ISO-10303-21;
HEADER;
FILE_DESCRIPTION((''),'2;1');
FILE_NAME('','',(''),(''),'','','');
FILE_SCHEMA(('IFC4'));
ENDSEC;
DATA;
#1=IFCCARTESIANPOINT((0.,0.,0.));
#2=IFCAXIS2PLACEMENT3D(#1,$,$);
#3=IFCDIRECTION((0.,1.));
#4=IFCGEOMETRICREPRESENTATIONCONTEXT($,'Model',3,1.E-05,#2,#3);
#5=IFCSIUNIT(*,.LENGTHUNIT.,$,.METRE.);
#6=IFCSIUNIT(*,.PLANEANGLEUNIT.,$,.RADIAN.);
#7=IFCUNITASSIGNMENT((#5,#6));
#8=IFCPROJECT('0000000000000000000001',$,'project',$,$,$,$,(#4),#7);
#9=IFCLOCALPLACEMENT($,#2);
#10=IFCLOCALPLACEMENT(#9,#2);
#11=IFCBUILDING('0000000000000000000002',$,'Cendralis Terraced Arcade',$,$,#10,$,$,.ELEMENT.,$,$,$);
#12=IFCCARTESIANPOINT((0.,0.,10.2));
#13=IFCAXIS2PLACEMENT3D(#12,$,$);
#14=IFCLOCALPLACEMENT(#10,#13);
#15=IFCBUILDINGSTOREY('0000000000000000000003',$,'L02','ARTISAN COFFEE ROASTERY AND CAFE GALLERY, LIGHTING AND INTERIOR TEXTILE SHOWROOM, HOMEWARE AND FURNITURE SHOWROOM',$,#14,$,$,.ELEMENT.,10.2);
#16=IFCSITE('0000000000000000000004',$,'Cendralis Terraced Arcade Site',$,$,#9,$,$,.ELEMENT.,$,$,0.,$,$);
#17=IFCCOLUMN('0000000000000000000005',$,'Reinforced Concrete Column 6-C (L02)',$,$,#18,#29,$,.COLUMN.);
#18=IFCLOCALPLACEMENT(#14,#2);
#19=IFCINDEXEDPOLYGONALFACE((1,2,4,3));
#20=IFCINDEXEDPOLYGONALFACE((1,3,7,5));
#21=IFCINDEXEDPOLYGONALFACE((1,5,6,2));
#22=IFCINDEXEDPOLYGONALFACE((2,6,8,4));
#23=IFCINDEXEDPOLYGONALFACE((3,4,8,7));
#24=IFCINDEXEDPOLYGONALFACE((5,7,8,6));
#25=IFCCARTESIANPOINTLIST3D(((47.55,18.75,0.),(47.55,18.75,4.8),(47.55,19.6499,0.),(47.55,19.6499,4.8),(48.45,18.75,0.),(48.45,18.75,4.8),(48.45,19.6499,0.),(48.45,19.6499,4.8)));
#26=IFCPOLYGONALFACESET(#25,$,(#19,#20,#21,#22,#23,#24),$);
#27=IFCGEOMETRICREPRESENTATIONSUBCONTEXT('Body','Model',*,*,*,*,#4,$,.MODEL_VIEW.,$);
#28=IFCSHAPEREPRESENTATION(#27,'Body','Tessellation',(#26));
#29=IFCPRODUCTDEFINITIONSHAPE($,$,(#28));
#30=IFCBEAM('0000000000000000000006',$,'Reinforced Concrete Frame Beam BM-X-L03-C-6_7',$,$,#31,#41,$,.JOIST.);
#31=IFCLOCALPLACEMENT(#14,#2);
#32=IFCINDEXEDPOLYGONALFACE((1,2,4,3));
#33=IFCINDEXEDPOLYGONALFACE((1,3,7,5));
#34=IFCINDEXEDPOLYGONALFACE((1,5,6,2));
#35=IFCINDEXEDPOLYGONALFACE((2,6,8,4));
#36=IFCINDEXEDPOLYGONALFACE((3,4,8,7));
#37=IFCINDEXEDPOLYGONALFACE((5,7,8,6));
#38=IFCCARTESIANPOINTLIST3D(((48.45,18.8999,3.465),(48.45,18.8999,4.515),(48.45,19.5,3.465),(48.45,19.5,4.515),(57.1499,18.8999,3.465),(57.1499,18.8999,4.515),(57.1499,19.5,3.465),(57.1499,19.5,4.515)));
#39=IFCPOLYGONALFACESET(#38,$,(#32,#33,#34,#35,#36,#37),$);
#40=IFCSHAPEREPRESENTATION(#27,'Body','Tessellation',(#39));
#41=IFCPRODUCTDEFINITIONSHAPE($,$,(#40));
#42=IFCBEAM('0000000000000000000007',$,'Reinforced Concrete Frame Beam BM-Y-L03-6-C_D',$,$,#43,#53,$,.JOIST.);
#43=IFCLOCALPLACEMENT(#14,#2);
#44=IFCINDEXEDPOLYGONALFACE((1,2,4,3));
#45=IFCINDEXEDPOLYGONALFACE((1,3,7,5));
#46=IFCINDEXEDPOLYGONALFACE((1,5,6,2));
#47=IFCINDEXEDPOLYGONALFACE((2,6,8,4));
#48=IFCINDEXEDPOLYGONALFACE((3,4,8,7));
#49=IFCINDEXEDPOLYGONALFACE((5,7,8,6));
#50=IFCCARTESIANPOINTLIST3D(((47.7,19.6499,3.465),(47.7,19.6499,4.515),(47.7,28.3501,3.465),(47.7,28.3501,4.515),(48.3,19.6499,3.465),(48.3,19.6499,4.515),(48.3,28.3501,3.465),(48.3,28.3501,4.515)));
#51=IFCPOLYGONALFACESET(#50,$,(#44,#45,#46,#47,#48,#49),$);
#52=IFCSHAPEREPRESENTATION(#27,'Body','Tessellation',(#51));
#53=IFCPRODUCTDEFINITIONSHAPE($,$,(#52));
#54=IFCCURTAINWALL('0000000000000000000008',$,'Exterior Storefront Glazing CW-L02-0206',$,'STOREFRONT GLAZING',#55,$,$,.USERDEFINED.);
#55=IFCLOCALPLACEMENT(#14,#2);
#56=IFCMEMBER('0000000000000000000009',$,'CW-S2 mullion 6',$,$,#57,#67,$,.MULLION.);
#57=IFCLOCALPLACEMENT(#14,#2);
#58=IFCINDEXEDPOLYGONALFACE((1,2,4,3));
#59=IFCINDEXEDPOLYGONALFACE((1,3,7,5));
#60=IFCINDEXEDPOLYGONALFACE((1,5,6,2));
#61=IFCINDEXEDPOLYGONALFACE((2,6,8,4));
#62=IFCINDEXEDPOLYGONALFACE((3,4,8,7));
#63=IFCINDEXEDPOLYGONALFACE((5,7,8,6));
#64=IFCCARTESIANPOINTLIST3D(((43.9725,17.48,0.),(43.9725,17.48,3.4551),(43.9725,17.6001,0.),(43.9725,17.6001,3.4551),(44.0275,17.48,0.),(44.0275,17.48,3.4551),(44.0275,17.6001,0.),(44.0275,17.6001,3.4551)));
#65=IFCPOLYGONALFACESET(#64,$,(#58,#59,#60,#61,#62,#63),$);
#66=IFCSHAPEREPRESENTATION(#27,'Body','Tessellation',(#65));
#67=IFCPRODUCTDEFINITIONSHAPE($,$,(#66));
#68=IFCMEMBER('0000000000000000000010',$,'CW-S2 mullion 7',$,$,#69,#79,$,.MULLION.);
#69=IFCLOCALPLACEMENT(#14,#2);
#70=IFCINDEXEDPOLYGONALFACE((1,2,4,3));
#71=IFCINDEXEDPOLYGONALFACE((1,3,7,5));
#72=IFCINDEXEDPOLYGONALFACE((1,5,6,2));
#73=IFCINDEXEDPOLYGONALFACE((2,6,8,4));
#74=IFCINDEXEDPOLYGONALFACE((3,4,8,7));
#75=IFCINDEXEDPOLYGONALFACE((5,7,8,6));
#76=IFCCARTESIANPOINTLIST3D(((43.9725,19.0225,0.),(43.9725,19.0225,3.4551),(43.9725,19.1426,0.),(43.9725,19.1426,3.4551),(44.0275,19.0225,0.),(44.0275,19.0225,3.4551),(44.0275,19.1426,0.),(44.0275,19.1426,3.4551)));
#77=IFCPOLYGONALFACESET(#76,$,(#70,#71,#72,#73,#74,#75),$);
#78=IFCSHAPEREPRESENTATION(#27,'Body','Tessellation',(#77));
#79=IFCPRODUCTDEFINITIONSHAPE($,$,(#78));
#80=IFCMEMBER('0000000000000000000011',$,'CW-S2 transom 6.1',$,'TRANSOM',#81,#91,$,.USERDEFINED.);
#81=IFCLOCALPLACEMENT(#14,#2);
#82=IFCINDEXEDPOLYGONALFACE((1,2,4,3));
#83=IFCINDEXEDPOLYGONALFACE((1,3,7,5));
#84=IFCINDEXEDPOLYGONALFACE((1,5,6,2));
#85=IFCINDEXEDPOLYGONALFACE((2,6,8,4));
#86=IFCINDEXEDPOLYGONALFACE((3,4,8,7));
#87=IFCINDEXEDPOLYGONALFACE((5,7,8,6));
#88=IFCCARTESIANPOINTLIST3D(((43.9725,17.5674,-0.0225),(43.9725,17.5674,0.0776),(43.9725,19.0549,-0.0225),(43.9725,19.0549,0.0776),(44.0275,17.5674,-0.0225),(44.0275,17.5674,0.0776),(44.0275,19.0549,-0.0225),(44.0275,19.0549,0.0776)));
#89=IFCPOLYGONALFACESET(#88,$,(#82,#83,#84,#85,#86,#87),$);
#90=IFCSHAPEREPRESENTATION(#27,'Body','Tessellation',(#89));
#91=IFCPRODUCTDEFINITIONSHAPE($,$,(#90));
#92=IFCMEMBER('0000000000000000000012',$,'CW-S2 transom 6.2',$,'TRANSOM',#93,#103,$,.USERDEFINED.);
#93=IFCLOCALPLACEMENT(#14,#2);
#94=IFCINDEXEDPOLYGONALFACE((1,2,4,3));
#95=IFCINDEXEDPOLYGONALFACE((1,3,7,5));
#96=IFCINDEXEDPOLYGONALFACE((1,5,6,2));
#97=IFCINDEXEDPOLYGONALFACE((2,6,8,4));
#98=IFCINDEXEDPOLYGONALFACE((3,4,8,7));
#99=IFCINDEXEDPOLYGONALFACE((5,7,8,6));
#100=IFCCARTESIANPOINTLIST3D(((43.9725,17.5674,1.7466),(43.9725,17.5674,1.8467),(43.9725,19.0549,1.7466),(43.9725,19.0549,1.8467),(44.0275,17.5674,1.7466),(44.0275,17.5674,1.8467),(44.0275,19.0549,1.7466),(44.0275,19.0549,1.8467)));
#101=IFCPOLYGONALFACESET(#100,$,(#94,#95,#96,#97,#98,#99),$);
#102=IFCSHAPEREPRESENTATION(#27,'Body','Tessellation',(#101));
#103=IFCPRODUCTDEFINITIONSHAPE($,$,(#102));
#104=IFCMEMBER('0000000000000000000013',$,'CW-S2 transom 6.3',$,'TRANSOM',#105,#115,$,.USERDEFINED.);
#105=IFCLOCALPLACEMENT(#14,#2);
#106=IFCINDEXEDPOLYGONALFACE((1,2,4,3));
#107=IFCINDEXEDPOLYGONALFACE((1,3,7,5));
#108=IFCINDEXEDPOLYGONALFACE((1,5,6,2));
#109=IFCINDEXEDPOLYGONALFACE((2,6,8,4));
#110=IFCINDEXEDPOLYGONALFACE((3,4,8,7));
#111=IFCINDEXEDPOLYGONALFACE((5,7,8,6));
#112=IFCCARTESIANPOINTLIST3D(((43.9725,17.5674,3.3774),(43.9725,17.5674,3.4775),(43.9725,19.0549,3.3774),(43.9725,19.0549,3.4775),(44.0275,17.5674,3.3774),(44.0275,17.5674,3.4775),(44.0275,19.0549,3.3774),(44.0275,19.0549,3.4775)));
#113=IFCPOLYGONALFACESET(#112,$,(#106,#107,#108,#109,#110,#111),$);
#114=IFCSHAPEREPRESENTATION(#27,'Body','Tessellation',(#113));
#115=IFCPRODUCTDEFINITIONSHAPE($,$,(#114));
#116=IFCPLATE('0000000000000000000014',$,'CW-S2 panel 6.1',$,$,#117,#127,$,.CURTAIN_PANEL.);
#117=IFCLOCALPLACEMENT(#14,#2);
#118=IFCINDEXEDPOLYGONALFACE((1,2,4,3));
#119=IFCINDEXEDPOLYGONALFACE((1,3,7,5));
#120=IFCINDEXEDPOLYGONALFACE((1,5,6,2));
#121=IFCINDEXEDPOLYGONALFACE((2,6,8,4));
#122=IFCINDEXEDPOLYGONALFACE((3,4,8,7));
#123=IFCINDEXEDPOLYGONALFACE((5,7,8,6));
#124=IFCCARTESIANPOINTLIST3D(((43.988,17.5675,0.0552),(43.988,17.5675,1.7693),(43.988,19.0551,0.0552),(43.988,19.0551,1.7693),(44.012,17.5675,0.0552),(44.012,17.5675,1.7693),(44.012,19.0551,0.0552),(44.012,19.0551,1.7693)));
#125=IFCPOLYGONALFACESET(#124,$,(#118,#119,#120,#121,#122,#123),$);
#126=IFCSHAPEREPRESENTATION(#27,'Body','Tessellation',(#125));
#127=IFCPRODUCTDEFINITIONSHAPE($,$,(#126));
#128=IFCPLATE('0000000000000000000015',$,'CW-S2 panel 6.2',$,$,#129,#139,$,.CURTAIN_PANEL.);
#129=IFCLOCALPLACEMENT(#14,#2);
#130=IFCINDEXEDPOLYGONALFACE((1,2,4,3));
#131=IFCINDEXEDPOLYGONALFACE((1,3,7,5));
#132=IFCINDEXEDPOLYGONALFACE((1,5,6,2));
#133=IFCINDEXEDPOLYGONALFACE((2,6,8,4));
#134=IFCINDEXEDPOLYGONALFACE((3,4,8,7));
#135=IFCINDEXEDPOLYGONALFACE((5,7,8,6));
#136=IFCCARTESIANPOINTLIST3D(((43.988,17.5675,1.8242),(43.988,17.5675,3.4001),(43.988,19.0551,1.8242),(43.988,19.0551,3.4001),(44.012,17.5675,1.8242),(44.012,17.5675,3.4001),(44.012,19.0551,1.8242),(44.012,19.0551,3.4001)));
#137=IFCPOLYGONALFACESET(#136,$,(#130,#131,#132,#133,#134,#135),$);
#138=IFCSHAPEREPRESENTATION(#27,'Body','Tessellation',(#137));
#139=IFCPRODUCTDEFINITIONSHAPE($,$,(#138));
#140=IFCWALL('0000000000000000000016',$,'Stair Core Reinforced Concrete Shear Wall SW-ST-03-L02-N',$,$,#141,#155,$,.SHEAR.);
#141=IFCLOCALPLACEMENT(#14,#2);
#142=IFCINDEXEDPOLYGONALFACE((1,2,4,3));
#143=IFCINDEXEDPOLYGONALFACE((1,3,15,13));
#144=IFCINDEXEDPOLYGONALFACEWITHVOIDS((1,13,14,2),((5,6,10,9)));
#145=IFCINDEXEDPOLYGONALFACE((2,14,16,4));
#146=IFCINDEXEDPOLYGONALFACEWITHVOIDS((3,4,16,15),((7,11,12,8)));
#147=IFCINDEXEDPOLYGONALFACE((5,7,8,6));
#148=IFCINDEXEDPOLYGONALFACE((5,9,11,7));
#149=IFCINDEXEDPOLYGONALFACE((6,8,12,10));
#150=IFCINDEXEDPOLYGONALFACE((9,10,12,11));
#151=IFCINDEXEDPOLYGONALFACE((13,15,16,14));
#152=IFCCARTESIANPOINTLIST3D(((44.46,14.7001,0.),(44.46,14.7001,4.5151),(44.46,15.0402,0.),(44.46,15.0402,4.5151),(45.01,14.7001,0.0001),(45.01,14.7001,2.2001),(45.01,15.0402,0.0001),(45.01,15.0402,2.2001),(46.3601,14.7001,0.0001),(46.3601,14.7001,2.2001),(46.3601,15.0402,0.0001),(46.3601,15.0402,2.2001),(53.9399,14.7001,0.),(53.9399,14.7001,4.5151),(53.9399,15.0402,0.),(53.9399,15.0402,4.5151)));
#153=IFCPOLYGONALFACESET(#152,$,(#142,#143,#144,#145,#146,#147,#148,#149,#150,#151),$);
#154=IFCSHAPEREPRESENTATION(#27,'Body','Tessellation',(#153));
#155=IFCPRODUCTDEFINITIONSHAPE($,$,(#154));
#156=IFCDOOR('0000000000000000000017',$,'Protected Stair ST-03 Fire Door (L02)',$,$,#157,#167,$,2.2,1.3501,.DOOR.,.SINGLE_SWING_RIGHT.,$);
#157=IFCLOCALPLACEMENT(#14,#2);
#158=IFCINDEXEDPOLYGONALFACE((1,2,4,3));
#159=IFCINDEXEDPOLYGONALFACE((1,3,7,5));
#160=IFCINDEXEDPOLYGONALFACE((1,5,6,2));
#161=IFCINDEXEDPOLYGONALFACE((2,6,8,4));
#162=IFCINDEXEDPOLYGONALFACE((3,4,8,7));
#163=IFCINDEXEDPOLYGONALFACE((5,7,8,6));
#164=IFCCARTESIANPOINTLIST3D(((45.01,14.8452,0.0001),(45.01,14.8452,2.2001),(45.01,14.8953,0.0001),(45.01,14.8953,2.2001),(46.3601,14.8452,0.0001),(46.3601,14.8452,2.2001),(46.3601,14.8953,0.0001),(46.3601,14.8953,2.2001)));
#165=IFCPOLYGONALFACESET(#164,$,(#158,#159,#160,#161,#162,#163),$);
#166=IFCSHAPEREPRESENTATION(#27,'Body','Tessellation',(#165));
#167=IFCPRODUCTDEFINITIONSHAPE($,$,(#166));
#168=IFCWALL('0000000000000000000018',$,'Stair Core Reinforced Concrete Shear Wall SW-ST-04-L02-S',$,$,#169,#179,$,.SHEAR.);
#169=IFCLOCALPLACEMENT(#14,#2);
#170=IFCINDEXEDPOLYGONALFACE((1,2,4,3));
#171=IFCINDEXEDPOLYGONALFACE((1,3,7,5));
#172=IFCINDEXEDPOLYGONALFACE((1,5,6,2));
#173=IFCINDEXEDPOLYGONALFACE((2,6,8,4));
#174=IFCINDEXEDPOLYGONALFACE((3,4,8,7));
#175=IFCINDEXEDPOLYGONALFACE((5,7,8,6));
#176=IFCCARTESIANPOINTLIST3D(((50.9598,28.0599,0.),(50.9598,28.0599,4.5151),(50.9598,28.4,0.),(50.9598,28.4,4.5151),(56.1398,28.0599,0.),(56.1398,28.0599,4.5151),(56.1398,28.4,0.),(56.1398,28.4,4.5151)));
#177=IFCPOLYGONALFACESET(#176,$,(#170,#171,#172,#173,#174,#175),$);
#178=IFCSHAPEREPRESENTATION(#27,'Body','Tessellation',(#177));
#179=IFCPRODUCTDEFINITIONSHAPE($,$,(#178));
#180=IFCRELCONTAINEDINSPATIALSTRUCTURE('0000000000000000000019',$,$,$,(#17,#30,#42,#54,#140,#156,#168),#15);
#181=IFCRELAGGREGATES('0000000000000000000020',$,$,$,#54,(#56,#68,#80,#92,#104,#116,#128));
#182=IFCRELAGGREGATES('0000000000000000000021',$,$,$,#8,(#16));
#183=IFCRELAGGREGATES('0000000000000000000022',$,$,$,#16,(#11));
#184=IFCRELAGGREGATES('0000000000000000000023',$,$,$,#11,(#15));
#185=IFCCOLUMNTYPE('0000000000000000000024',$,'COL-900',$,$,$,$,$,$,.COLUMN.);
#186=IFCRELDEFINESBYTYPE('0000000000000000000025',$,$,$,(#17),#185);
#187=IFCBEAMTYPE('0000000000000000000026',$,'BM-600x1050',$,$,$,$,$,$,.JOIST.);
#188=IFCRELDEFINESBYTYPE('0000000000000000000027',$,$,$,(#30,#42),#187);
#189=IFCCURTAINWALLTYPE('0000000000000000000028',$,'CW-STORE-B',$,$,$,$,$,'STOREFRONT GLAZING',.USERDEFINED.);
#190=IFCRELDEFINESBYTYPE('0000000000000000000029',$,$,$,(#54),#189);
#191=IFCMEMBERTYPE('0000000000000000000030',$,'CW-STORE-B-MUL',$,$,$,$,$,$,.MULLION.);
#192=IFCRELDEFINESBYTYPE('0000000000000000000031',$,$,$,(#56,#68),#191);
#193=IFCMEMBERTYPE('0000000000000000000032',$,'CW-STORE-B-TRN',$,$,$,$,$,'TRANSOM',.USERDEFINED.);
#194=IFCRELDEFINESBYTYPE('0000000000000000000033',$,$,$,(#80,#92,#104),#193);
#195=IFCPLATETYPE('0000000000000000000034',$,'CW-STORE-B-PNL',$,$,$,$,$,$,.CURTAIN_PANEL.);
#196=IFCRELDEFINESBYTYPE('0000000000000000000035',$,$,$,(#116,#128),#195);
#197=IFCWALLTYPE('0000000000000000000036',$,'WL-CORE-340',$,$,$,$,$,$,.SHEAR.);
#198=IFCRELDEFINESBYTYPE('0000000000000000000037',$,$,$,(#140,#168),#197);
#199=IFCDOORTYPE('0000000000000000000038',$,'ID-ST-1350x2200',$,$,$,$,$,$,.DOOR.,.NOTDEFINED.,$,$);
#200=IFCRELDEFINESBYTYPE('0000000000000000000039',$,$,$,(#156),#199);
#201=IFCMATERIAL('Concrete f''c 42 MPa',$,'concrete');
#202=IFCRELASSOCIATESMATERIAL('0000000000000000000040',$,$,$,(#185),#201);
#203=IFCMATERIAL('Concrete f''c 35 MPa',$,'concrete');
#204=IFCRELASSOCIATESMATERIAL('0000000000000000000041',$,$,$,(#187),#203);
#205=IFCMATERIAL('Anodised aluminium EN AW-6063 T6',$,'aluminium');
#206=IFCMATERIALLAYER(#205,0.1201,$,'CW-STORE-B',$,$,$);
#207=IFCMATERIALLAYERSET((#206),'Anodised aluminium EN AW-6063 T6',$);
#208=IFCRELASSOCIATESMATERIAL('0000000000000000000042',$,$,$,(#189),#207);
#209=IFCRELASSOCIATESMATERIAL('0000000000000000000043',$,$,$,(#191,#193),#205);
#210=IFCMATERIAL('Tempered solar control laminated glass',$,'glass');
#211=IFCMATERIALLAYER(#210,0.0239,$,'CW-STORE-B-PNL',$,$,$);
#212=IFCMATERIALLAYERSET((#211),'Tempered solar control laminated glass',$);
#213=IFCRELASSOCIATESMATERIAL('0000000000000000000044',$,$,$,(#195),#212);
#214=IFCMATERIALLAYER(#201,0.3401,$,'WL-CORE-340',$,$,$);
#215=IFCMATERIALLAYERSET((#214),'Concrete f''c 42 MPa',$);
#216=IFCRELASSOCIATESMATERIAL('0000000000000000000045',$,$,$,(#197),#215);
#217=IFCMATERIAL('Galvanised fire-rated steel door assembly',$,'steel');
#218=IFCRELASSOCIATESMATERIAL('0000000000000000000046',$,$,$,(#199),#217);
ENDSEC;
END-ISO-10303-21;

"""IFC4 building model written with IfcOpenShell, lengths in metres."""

from ifc_helpers import new_model, si_unit, direction, frame, frame_2d, origin, origin_2d, place, context, subcontext, project, spatial, rectangle, extrude, material, layer, layer_set, material_profile, profile_set, type_object, element, fill, aggregate, save


model = new_model("IFC4")

# Units and contexts
model_context = context("Model", 3, precision=1e-05, world=origin(), true_north=direction((0.0, 1.0)))
body_context = subcontext(model_context, "Body", "Model", "MODEL_VIEW")
ifc_project = project(units=[si_unit("LENGTHUNIT", "METRE"), si_unit("PLANEANGLEUNIT", "RADIAN")], contexts=[model_context])

# Site, building, storey
site_placement = place(None, origin())
site = spatial("IfcSite", under=ifc_project, at=site_placement, Name="Cendralis Terraced Arcade Site", CompositionType="ELEMENT", RefElevation=0.0)
building_placement = place(site_placement, origin())
building = spatial("IfcBuilding", under=site, at=building_placement, Name="Cendralis Terraced Arcade", CompositionType="ELEMENT")
storey_placement = place(building_placement, frame((0.0, 0.0, 10.2)))
storey = spatial("IfcBuildingStorey", under=building, at=storey_placement, Name="L02", Description="ARTISAN COFFEE ROASTERY AND CAFE GALLERY, LIGHTING AND INTERIOR TEXTILE SHOWROOM, HOMEWARE AND FURNITURE SHOWROOM", CompositionType="ELEMENT", Elevation=10.2)

# Column
ifc_material_1 = material(Name="Concrete f'c 42 MPa", Category="concrete")
ifc_material_profile_1 = material_profile(ifc_material_1, rectangle(XDim=0.8999, YDim=0.8999, at=origin_2d()), Name="RC-COL-900x900", Category="LoadBearing")
ifc_profile_set_1 = profile_set([ifc_material_profile_1], Name="Concrete f'c 42 MPa")
column_type = type_object("IfcColumnType", Name="COL-900", PredefinedType="COLUMN", material=ifc_profile_set_1)
column_placement = place(storey_placement, frame((48.0, 19.2, 0.0), z_axis=(0.0, 0.0, 1.0), x_axis=(1.0, 0.0, 0.0)))
element("IfcColumn", 1, at=column_placement, inside=storey, type_object=column_type, Name="Reinforced Concrete Column 6-C (L02)", PredefinedType="COLUMN", context=body_context, shape_type="SweptSolid", body=[
    extrude(rectangle(XDim=0.8999, YDim=0.8999, at=origin_2d()), origin(), (0.0, 0.0, 1.0), 4.8),
])

# Beams
ifc_material_2 = material(Name="Concrete f'c 35 MPa", Category="concrete")
ifc_material_profile_2 = material_profile(ifc_material_2, rectangle(XDim=0.6001, YDim=1.05, at=origin_2d()), Name="RC-BM-600x1050", Category="LoadBearing")
ifc_profile_set_2 = profile_set([ifc_material_profile_2], Name="Concrete f'c 35 MPa")
beam_type = type_object("IfcBeamType", Name="BM-600x1050", PredefinedType="JOIST", material=ifc_profile_set_2)
beam_1_placement = place(storey_placement, frame((48.45, 19.2, 3.99), z_axis=(1.0, 0.0, 0.0), x_axis=(0.0, 1.0, 0.0)))
element("IfcBeam", 2, at=beam_1_placement, inside=storey, type_object=beam_type, Name="Reinforced Concrete Frame Beam BM-X-L03-C-6_7", PredefinedType="JOIST", context=body_context, shape_type="SweptSolid", body=[
    extrude(rectangle(XDim=0.6001, YDim=1.05, at=origin_2d()), origin(), (0.0, 0.0, 1.0), 8.7),
])
beam_2_placement = place(storey_placement, frame((48.0, 19.6499, 3.99), z_axis=(0.0, 1.0, 0.0), x_axis=(-1.0, 0.0, 0.0)))
element("IfcBeam", 3, at=beam_2_placement, inside=storey, type_object=beam_type, Name="Reinforced Concrete Frame Beam BM-Y-L03-6-C_D", PredefinedType="JOIST", context=body_context, shape_type="SweptSolid", body=[
    extrude(rectangle(XDim=0.6001, YDim=1.05, at=origin_2d()), origin(), (0.0, 0.0, 1.0), 8.7002),
])

# Curtain wall, members, plates
ifc_material_3 = material(Name="Anodised aluminium EN AW-6063 T6", Category="aluminium")
ifc_layer_1 = layer(ifc_material_3, 0.1201, Name="CW-STORE-B")
ifc_layer_set_1 = layer_set([ifc_layer_1], Name="Anodised aluminium EN AW-6063 T6")
curtain_wall_type = type_object("IfcCurtainWallType", Name="CW-STORE-B", ElementType="STOREFRONT GLAZING", PredefinedType="USERDEFINED", material=ifc_layer_set_1)
curtain_wall_placement = place(storey_placement, origin())
curtain_wall = element("IfcCurtainWall", 4, at=curtain_wall_placement, inside=storey, type_object=curtain_wall_type, Name="Exterior Storefront Glazing CW-L02-0206", ObjectType="STOREFRONT GLAZING", PredefinedType="USERDEFINED")
ifc_material_profile_3 = material_profile(ifc_material_3, rectangle(XDim=0.0549, YDim=0.1201, at=origin_2d()), Name="ALU-MUL-55x120")
ifc_profile_set_3 = profile_set([ifc_material_profile_3], Name="Anodised aluminium EN AW-6063 T6")
member_type_1 = type_object("IfcMemberType", Name="CW-STORE-B-MUL", PredefinedType="MULLION", material=ifc_profile_set_3)
member_1_placement = place(storey_placement, frame((44.0, 17.54, 0.0), z_axis=(0.0, 0.0, 1.0), x_axis=(-1.0, 0.0, 0.0)))
member_1 = element("IfcMember", 5, at=member_1_placement, type_object=member_type_1, Name="CW-S2 mullion 6", PredefinedType="MULLION", context=body_context, shape_type="SweptSolid", body=[
    extrude(rectangle(XDim=0.0549, YDim=0.1201, at=origin_2d()), origin(), (0.0, 0.0, 1.0), 3.4551),
])
member_2_placement = place(storey_placement, frame((44.0, 19.0825, 0.0), z_axis=(0.0, 0.0, 1.0), x_axis=(-1.0, 0.0, 0.0)))
member_2 = element("IfcMember", 6, at=member_2_placement, type_object=member_type_1, Name="CW-S2 mullion 7", PredefinedType="MULLION", context=body_context, shape_type="SweptSolid", body=[
    extrude(rectangle(XDim=0.0549, YDim=0.1201, at=origin_2d()), origin(), (0.0, 0.0, 1.0), 3.4551),
])
ifc_material_profile_4 = material_profile(ifc_material_3, rectangle(XDim=0.0549, YDim=0.1001, at=origin_2d()), Name="ALU-TRN-55x100")
ifc_profile_set_4 = profile_set([ifc_material_profile_4], Name="Anodised aluminium EN AW-6063 T6")
member_type_2 = type_object("IfcMemberType", Name="CW-STORE-B-TRN", ElementType="TRANSOM", PredefinedType="USERDEFINED", material=ifc_profile_set_4)
member_3_placement = place(storey_placement, frame((44.0, 17.5674, 0.0276), z_axis=(0.0, 1.0, 0.0), x_axis=(-1.0, 0.0, 0.0)))
member_3 = element("IfcMember", 7, at=member_3_placement, type_object=member_type_2, Name="CW-S2 transom 6.1", ObjectType="TRANSOM", PredefinedType="USERDEFINED", context=body_context, shape_type="SweptSolid", body=[
    extrude(rectangle(XDim=0.0549, YDim=0.1001, at=origin_2d()), origin(), (0.0, 0.0, 1.0), 1.4875),
])
member_4_placement = place(storey_placement, frame((44.0, 17.5674, 1.7966), z_axis=(0.0, 1.0, 0.0), x_axis=(-1.0, 0.0, 0.0)))
member_4 = element("IfcMember", 8, at=member_4_placement, type_object=member_type_2, Name="CW-S2 transom 6.2", ObjectType="TRANSOM", PredefinedType="USERDEFINED", context=body_context, shape_type="SweptSolid", body=[
    extrude(rectangle(XDim=0.0549, YDim=0.1001, at=origin_2d()), origin(), (0.0, 0.0, 1.0), 1.4875),
])
member_5_placement = place(storey_placement, frame((44.0, 17.5674, 3.4275), z_axis=(0.0, 1.0, 0.0), x_axis=(-1.0, 0.0, 0.0)))
member_5 = element("IfcMember", 9, at=member_5_placement, type_object=member_type_2, Name="CW-S2 transom 6.3", ObjectType="TRANSOM", PredefinedType="USERDEFINED", context=body_context, shape_type="SweptSolid", body=[
    extrude(rectangle(XDim=0.0549, YDim=0.1001, at=origin_2d()), origin(), (0.0, 0.0, 1.0), 1.4875),
])
ifc_material_4 = material(Name="Tempered solar control laminated glass", Category="glass")
ifc_layer_2 = layer(ifc_material_4, 0.0239, Name="CW-STORE-B-PNL")
ifc_layer_set_2 = layer_set([ifc_layer_2], Name="Tempered solar control laminated glass")
plate_type = type_object("IfcPlateType", Name="CW-STORE-B-PNL", PredefinedType="CURTAIN_PANEL", material=ifc_layer_set_2)
plate_1_placement = place(storey_placement, frame((44.0, 18.3113, 0.0552), z_axis=(0.0, 0.0, 1.0), x_axis=(0.0, 1.0, 0.0)))
plate_1 = element("IfcPlate", 10, at=plate_1_placement, type_object=plate_type, Name="CW-S2 panel 6.1", PredefinedType="CURTAIN_PANEL", context=body_context, shape_type="SweptSolid", body=[
    extrude(rectangle(XDim=1.4875, YDim=0.0239, at=origin_2d()), origin(), (0.0, 0.0, 1.0), 1.7141),
])
plate_2_placement = place(storey_placement, frame((44.0, 18.3113, 1.8242), z_axis=(0.0, 0.0, 1.0), x_axis=(0.0, 1.0, 0.0)))
plate_2 = element("IfcPlate", 11, at=plate_2_placement, type_object=plate_type, Name="CW-S2 panel 6.2", PredefinedType="CURTAIN_PANEL", context=body_context, shape_type="SweptSolid", body=[
    extrude(rectangle(XDim=1.4875, YDim=0.0239, at=origin_2d()), origin(), (0.0, 0.0, 1.0), 1.5759),
])
aggregate(curtain_wall, [member_1, member_2, member_3, member_4, member_5, plate_1, plate_2])

# Wall, opening, door
ifc_layer_3 = layer(ifc_material_1, 0.3401, Name="WL-CORE-340")
ifc_layer_set_3 = layer_set([ifc_layer_3], Name="Concrete f'c 42 MPa")
wall_type_1 = type_object("IfcWallType", Name="WL-CORE-340", PredefinedType="SHEAR", material=ifc_layer_set_3)
wall_1_placement = place(storey_placement, frame((44.46, 14.8701, 0.0), z_axis=(0.0, 0.0, 1.0), x_axis=(1.0, 0.0, 0.0)))
wall_1 = element("IfcWall", 12, at=wall_1_placement, inside=storey, type_object=wall_type_1, Name="Stair Core Reinforced Concrete Shear Wall SW-ST-03-L02-N", PredefinedType="SHEAR", context=body_context, shape_type="SweptSolid", body=[
    extrude(rectangle(XDim=9.48, YDim=0.3401, at=frame_2d((4.74, 0.0))), origin(), (0.0, 0.0, 1.0), 4.5151),
])
opening_1_placement = place(wall_1_placement, frame((0.55, 0.0, 0.0)))
opening_1 = element("IfcOpeningElement", 13, at=opening_1_placement, cuts=wall_1, PredefinedType="OPENING", context=body_context, shape_type="SweptSolid", body=[
    extrude(rectangle(XDim=1.3501, YDim=2.2, at=frame_2d((0.675, 1.1001))), frame((0.0, 0.1821, 0.0), z_axis=(0.0, -1.0, 0.0), x_axis=(1.0, 0.0, 0.0)), (0.0, 0.0, 1.0), 0.364),
])
ifc_material_5 = material(Name="Galvanised fire-rated steel door assembly", Category="steel")
door_type_1 = type_object("IfcDoorType", Name="ID-ST-1350x2200", OperationType="NOTDEFINED", PredefinedType="DOOR", material=ifc_material_5)
door_1_placement = place(opening_1_placement, frame((1.3501, 0.0, 0.0), z_axis=(0.0, 0.0, 1.0), x_axis=(-1.0, 0.0, 0.0)))
door_1 = element("IfcDoor", 14, at=door_1_placement, inside=storey, type_object=door_type_1, Name="Protected Stair ST-03 Fire Door (L02)", OperationType="SINGLE_SWING_RIGHT", OverallHeight=2.2, OverallWidth=1.3501, PredefinedType="DOOR", context=body_context, shape_type="SweptSolid", body=[
    extrude(rectangle(XDim=1.3501, YDim=2.2, at=frame_2d((0.675, 1.1001))), frame((0.0, 0.0249, 0.0), z_axis=(0.0, -1.0, 0.0), x_axis=(1.0, 0.0, 0.0)), (0.0, 0.0, 1.0), 0.05),
])
fill(opening_1, door_1)

# Wall
wall_2_placement = place(storey_placement, frame((50.96, 28.23, 0.0), z_axis=(0.0, 0.0, 1.0), x_axis=(1.0, 0.0, 0.0)))
element("IfcWall", 15, at=wall_2_placement, inside=storey, type_object=wall_type_1, Name="Stair Core Reinforced Concrete Shear Wall SW-ST-04-L02-S", PredefinedType="SHEAR", context=body_context, shape_type="SweptSolid", body=[
    extrude(rectangle(XDim=5.1799, YDim=0.3401, at=frame_2d((2.5898, 0.0))), origin(), (0.0, 0.0, 1.0), 4.5151),
])

save(model, "model.ifc")
